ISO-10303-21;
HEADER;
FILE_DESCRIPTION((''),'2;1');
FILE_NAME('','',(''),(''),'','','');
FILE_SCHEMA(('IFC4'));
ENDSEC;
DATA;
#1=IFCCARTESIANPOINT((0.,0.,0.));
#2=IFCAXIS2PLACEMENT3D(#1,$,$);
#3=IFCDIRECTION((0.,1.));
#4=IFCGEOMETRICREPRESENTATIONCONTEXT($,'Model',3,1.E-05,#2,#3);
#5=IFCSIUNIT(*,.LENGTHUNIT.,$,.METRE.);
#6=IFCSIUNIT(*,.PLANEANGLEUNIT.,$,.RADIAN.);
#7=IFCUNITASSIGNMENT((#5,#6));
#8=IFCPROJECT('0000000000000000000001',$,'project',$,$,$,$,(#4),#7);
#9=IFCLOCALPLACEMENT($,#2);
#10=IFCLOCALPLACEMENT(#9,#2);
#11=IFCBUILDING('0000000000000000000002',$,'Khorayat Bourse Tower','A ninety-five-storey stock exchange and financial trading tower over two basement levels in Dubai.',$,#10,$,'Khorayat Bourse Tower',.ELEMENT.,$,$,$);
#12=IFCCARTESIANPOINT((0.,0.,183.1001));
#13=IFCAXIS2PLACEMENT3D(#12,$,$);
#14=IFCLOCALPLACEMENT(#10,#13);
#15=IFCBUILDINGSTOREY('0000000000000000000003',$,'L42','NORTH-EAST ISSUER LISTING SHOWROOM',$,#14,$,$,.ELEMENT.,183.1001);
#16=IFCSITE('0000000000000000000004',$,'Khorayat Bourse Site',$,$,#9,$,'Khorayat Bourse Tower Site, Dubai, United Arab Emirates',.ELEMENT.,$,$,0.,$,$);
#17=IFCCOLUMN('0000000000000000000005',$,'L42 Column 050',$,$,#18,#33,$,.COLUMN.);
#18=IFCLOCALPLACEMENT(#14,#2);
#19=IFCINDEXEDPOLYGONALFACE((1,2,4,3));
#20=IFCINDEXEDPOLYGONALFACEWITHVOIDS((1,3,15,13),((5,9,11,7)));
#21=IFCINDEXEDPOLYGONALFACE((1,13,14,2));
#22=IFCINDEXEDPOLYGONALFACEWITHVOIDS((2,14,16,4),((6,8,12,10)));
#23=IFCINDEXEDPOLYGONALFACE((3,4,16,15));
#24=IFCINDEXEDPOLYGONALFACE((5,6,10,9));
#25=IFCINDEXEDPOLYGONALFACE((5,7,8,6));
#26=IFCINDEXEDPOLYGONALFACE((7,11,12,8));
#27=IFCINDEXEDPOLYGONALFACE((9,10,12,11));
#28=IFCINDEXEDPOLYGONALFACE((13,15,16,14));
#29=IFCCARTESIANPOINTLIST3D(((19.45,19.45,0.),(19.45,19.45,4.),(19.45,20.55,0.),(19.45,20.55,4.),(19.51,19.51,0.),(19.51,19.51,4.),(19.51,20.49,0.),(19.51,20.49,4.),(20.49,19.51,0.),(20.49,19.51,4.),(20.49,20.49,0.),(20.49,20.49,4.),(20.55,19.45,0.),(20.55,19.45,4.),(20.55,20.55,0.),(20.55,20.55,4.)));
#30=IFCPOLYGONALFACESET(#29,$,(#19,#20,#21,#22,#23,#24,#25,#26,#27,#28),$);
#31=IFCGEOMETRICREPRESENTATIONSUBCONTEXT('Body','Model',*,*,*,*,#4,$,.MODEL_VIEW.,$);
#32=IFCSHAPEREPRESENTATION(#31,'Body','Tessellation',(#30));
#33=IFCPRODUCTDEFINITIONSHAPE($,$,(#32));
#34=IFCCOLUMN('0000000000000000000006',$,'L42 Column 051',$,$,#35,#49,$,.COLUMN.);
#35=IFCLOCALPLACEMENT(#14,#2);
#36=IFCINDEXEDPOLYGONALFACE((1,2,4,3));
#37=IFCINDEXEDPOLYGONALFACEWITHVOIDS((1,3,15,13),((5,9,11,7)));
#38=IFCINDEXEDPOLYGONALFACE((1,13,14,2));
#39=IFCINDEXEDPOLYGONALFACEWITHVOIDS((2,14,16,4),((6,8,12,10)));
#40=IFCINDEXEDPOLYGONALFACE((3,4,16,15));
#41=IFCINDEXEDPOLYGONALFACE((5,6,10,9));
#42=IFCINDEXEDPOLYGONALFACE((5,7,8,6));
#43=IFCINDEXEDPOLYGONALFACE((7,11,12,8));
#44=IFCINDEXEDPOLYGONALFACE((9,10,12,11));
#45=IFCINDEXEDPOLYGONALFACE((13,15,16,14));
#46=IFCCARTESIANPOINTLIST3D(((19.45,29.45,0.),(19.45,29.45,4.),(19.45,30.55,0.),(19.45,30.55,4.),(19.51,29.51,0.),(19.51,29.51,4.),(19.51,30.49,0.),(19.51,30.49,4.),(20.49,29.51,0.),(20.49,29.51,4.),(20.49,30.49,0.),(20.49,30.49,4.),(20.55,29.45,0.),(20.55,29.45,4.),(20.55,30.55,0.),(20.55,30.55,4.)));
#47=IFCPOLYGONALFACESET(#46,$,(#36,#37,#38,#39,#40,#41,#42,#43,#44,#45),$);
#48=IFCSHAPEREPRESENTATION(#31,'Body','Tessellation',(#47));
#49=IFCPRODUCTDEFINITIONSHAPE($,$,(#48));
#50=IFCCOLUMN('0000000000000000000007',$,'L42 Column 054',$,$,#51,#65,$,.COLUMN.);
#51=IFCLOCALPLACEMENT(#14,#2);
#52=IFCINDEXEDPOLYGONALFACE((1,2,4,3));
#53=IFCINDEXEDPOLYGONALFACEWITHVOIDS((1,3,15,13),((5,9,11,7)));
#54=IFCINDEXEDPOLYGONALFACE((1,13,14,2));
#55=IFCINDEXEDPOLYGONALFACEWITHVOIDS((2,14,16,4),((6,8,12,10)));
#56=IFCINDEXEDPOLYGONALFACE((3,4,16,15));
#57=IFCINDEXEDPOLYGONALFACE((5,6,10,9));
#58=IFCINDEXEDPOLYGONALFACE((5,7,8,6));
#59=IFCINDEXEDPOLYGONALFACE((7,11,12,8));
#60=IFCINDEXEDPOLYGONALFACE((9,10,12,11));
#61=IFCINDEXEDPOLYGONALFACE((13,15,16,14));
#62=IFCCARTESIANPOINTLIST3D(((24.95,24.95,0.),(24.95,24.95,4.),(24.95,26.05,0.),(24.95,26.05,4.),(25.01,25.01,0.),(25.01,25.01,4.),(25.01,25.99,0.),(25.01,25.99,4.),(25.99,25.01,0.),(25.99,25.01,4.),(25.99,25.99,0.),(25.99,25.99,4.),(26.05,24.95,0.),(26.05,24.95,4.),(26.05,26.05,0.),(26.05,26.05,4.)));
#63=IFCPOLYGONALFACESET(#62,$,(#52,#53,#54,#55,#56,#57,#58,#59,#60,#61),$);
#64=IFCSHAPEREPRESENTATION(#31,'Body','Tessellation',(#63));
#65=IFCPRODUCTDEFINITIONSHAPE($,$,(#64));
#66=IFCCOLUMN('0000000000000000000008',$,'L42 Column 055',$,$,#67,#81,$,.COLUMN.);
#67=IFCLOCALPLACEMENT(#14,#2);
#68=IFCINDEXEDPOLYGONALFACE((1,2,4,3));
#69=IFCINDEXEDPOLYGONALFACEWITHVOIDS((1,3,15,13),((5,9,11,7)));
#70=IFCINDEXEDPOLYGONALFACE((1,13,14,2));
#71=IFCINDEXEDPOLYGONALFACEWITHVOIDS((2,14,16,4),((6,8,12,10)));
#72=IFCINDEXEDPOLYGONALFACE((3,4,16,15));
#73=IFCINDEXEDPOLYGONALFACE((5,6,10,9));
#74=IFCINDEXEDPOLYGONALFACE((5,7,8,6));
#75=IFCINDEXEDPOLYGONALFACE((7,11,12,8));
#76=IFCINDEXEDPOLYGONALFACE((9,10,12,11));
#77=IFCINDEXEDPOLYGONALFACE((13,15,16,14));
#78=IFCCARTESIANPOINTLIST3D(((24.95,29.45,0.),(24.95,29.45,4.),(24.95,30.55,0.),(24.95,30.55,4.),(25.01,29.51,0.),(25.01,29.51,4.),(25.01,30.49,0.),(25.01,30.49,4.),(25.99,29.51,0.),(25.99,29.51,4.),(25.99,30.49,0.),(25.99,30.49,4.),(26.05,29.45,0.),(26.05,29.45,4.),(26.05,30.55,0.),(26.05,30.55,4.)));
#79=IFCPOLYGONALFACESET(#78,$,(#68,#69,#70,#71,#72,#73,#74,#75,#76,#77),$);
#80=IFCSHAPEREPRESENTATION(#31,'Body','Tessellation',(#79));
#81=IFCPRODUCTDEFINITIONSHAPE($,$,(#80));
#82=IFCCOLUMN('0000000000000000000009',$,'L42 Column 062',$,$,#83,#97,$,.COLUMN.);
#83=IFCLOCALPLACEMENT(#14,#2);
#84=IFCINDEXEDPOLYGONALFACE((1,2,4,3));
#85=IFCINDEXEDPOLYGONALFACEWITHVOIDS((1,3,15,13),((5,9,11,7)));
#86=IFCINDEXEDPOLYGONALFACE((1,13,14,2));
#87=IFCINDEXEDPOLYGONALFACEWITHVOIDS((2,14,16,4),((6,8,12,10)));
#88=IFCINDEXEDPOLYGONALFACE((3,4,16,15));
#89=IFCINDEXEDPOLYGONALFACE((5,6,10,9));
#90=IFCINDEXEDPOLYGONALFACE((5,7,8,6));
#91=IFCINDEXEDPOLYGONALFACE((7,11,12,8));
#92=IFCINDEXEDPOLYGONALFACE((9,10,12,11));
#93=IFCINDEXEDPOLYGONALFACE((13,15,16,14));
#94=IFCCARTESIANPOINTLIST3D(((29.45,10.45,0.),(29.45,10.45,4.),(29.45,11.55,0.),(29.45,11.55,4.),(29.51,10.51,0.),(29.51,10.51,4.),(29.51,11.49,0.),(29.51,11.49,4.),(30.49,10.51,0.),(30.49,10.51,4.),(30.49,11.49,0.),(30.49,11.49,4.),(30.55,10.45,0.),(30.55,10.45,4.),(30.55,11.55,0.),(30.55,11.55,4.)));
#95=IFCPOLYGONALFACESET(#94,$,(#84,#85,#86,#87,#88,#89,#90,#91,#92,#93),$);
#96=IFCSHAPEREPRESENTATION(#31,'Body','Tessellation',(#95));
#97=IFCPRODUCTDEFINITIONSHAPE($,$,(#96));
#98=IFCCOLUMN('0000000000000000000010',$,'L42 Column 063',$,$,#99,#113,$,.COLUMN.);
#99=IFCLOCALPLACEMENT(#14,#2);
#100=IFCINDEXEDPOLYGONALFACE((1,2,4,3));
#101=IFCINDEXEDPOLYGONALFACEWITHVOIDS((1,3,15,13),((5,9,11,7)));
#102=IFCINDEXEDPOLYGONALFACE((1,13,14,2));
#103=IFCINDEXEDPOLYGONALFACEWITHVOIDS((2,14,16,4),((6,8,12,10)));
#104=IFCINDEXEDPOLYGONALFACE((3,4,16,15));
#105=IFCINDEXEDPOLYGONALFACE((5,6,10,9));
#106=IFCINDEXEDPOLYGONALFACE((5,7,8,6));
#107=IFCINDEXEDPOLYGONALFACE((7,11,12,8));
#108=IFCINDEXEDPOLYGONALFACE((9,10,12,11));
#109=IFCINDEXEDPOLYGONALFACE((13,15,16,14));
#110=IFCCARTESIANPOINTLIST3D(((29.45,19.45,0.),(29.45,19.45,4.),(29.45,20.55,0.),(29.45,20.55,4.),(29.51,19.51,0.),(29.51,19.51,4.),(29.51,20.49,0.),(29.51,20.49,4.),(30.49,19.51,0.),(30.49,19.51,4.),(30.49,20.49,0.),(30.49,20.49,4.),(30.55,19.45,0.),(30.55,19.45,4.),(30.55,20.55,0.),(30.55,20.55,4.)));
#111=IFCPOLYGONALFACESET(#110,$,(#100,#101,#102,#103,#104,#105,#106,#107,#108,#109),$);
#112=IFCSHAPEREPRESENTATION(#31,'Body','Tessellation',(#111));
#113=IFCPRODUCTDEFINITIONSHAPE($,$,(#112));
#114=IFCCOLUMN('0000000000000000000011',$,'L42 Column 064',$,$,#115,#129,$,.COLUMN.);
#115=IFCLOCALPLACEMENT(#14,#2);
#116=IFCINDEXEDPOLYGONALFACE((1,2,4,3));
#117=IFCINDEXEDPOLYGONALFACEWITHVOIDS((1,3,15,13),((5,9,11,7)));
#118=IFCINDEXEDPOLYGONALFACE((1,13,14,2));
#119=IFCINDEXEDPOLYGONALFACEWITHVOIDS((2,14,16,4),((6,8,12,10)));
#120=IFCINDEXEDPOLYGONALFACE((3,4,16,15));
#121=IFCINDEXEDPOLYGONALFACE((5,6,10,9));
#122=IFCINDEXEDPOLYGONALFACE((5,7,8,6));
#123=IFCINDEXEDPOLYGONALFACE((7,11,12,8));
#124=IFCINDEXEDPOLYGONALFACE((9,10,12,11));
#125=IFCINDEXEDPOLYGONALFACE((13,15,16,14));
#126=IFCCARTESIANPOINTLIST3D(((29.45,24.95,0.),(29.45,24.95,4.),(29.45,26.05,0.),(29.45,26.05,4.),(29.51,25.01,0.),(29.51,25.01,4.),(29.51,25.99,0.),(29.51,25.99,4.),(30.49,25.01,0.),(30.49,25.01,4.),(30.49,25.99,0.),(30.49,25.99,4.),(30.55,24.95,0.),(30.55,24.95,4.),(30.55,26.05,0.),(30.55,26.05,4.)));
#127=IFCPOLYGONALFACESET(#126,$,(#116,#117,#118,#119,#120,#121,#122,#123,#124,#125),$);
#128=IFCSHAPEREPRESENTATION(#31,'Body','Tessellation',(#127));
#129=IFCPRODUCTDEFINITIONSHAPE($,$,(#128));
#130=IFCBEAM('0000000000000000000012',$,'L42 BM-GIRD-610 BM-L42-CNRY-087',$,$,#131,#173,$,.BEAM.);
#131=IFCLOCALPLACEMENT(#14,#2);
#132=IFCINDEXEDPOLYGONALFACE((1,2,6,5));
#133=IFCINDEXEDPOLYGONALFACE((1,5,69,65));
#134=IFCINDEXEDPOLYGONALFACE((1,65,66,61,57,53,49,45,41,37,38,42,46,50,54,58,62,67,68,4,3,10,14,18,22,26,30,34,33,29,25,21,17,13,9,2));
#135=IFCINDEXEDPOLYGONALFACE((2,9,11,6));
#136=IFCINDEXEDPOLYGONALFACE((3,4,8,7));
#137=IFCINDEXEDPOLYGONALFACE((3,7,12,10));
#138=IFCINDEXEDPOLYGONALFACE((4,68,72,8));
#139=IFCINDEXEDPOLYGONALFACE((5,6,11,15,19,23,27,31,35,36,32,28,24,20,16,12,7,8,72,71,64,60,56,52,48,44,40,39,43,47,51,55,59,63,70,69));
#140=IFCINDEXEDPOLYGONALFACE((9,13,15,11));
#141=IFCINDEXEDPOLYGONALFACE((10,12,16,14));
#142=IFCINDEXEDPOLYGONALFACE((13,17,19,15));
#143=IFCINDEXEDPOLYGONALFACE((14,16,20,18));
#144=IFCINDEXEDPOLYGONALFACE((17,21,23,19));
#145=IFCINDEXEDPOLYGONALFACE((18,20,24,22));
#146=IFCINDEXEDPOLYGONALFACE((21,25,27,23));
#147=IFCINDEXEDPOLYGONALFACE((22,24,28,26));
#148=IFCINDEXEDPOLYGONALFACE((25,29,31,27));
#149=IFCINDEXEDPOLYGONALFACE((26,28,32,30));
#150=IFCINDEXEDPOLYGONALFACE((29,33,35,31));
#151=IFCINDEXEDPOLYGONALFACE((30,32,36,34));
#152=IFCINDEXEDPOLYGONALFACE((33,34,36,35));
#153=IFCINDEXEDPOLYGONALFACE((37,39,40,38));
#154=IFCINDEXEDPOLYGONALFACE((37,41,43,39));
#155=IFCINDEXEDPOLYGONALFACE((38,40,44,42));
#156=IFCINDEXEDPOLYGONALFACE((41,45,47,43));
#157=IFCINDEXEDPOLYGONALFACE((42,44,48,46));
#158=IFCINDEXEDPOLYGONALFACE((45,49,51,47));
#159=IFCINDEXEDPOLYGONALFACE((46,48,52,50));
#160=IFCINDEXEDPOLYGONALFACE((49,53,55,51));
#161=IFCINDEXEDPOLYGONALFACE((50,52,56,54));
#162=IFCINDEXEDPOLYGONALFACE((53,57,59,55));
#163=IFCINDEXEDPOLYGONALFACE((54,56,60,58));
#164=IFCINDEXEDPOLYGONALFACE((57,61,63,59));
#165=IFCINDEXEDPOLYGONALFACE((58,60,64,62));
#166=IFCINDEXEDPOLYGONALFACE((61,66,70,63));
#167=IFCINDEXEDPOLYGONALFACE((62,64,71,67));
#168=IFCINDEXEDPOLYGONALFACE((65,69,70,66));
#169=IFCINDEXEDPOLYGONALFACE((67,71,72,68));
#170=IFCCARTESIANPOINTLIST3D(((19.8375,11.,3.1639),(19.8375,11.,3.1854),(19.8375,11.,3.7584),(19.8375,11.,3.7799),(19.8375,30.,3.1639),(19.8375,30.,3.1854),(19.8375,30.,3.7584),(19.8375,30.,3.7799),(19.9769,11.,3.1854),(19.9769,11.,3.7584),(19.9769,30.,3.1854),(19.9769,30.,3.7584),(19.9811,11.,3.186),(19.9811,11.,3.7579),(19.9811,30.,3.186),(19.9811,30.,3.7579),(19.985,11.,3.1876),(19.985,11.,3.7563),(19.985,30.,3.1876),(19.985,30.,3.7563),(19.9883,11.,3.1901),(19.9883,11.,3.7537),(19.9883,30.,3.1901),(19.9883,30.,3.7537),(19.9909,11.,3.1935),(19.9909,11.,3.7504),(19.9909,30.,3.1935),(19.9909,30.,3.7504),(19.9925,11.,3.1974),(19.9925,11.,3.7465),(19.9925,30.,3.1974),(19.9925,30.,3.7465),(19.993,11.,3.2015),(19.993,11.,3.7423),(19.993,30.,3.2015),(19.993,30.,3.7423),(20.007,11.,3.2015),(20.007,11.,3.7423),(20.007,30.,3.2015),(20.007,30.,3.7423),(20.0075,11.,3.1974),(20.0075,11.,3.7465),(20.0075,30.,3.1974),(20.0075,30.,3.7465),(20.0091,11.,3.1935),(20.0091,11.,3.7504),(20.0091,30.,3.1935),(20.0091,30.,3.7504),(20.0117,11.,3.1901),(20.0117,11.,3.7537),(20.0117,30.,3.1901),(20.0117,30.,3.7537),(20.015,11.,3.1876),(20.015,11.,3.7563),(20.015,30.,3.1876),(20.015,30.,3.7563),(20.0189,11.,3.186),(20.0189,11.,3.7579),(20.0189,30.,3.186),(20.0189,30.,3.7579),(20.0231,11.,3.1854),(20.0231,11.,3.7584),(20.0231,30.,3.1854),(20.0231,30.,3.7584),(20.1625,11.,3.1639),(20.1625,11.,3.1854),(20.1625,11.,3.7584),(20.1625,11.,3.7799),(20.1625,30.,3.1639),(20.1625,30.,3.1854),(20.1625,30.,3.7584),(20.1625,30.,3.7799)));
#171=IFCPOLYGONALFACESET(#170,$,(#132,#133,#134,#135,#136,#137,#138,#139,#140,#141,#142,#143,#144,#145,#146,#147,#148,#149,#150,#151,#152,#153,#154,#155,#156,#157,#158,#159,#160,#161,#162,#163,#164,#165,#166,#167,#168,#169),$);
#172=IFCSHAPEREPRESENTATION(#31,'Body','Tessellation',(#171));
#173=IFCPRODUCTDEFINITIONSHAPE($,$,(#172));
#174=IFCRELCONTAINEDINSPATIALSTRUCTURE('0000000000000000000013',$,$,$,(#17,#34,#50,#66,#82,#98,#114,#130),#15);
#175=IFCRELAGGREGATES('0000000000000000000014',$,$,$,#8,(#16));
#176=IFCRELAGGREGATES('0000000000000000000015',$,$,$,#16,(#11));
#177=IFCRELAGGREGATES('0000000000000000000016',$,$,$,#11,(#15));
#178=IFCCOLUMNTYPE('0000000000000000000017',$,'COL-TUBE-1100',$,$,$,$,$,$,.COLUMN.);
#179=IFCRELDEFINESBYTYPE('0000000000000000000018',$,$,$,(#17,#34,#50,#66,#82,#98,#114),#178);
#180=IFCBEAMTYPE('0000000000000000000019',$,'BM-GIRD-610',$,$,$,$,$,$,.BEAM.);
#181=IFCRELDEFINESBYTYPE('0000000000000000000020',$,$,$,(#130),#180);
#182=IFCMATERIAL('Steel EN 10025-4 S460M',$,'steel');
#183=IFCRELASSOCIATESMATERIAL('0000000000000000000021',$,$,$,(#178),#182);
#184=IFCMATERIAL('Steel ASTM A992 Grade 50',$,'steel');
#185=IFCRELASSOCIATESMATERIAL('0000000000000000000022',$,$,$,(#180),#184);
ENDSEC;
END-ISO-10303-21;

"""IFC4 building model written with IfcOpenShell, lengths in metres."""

from ifc_helpers import new_model, si_unit, direction, frame, origin, origin_2d, place, context, subcontext, project, spatial, hollow_rectangle, i_section, extrude, source, transform, mapped, material, material_profile, profile_set, type_object, element, save


model = new_model("IFC4")

# Units and contexts
model_context = context("Model", 3, precision=1e-05, world=origin(), true_north=direction((0.0, 1.0)))
body_context = subcontext(model_context, "Body", "Model", "MODEL_VIEW")
ifc_project = project(units=[si_unit("LENGTHUNIT", "METRE"), si_unit("PLANEANGLEUNIT", "RADIAN")], contexts=[model_context])

# Site, building, storey
site_placement = place(None, origin())
site = spatial("IfcSite", under=ifc_project, at=site_placement, Name="Khorayat Bourse Site", LongName="Khorayat Bourse Tower Site, Dubai, United Arab Emirates", CompositionType="ELEMENT", RefElevation=0.0)
building_placement = place(site_placement, origin())
building = spatial("IfcBuilding", under=site, at=building_placement, Name="Khorayat Bourse Tower", Description="A ninety-five-storey stock exchange and financial trading tower over two basement levels in Dubai.", LongName="Khorayat Bourse Tower", CompositionType="ELEMENT")
storey_placement = place(building_placement, frame((0.0, 0.0, 183.1001)))
storey = spatial("IfcBuildingStorey", under=building, at=storey_placement, Name="L42", Description="NORTH-EAST ISSUER LISTING SHOWROOM", CompositionType="ELEMENT", Elevation=183.1001)

# Columns
ifc_material_1 = material(Name="Steel EN 10025-4 S460M", Category="steel")
ifc_material_profile_1 = material_profile(ifc_material_1, hollow_rectangle(XDim=1.1001, YDim=1.1001, WallThickness=0.0601, at=origin_2d()), Name="BOX 1100x1100x60")
ifc_profile_set_1 = profile_set([ifc_material_profile_1], Name="Steel EN 10025-4 S460M")
column_type = type_object("IfcColumnType", Name="COL-TUBE-1100", PredefinedType="COLUMN", material=ifc_profile_set_1)
shared_shape_1 = source(origin(), body_context, "Body", "SweptSolid", [
    extrude(hollow_rectangle(XDim=1.1001, YDim=1.1001, WallThickness=0.0601, at=origin_2d()), origin(), (0.0, 0.0, 1.0), 4.0),
])
for number, where, z_axis, x_axis, name in (
    (1, (20.0, 20.0, 0.0), (0.0, 0.0, 1.0), (1.0, 0.0, 0.0), "L42 Column 050"),
    (2, (20.0, 30.0, 0.0), (0.0, 0.0, 1.0), (1.0, 0.0, 0.0), "L42 Column 051"),
    (3, (25.5, 25.5, 0.0), (0.0, 0.0, 1.0), (1.0, 0.0, 0.0), "L42 Column 054"),
    (4, (25.5, 30.0, 0.0), (0.0, 0.0, 1.0), (1.0, 0.0, 0.0), "L42 Column 055"),
    (5, (30.0, 11.0, 0.0), (0.0, 0.0, 1.0), (1.0, 0.0, 0.0), "L42 Column 062"),
    (6, (30.0, 20.0, 0.0), (0.0, 0.0, 1.0), (1.0, 0.0, 0.0), "L42 Column 063"),
    (7, (30.0, 25.5, 0.0), (0.0, 0.0, 1.0), (1.0, 0.0, 0.0), "L42 Column 064"),
):
    element("IfcColumn", number, at=place(storey_placement, frame(where, z_axis=z_axis, x_axis=x_axis)), inside=storey, type_object=column_type, Name=name, PredefinedType="COLUMN", context=body_context, shape_type="MappedRepresentation", body=[
        mapped(shared_shape_1, transform((0.0, 0.0, 0.0), scale=1.0)),
    ])

# Beam
ifc_material_2 = material(Name="Steel ASTM A992 Grade 50", Category="steel")
ifc_material_profile_2 = material_profile(ifc_material_2, i_section(OverallWidth=0.325, OverallDepth=0.616, WebThickness=0.0139, FlangeThickness=0.0215, FilletRadius=0.0161, at=origin_2d()), Name="W610X174")
ifc_profile_set_2 = profile_set([ifc_material_profile_2], Name="Steel ASTM A992 Grade 50")
beam_type_1 = type_object("IfcBeamType", Name="BM-GIRD-610", PredefinedType="BEAM", material=ifc_profile_set_2)
shared_shape_2 = source(origin(), body_context, "Body", "SweptSolid", [
    extrude(i_section(OverallWidth=0.325, OverallDepth=0.616, WebThickness=0.0139, FlangeThickness=0.0215, FilletRadius=0.0161, at=origin_2d()), origin(), (0.0, 0.0, 1.0), 19.0),
])
beam_1_placement = place(storey_placement, frame((20.0, 11.0, 3.4719), z_axis=(0.0, 1.0, 0.0), x_axis=(-1.0, 0.0, 0.0)))
element("IfcBeam", 8, at=beam_1_placement, inside=storey, type_object=beam_type_1, Name="L42 BM-GIRD-610 BM-L42-CNRY-087", PredefinedType="BEAM", context=body_context, shape_type="MappedRepresentation", body=[
    mapped(shared_shape_2, transform((0.0, 0.0, 0.0), scale=1.0)),
])

save(model, "model.ifc")
